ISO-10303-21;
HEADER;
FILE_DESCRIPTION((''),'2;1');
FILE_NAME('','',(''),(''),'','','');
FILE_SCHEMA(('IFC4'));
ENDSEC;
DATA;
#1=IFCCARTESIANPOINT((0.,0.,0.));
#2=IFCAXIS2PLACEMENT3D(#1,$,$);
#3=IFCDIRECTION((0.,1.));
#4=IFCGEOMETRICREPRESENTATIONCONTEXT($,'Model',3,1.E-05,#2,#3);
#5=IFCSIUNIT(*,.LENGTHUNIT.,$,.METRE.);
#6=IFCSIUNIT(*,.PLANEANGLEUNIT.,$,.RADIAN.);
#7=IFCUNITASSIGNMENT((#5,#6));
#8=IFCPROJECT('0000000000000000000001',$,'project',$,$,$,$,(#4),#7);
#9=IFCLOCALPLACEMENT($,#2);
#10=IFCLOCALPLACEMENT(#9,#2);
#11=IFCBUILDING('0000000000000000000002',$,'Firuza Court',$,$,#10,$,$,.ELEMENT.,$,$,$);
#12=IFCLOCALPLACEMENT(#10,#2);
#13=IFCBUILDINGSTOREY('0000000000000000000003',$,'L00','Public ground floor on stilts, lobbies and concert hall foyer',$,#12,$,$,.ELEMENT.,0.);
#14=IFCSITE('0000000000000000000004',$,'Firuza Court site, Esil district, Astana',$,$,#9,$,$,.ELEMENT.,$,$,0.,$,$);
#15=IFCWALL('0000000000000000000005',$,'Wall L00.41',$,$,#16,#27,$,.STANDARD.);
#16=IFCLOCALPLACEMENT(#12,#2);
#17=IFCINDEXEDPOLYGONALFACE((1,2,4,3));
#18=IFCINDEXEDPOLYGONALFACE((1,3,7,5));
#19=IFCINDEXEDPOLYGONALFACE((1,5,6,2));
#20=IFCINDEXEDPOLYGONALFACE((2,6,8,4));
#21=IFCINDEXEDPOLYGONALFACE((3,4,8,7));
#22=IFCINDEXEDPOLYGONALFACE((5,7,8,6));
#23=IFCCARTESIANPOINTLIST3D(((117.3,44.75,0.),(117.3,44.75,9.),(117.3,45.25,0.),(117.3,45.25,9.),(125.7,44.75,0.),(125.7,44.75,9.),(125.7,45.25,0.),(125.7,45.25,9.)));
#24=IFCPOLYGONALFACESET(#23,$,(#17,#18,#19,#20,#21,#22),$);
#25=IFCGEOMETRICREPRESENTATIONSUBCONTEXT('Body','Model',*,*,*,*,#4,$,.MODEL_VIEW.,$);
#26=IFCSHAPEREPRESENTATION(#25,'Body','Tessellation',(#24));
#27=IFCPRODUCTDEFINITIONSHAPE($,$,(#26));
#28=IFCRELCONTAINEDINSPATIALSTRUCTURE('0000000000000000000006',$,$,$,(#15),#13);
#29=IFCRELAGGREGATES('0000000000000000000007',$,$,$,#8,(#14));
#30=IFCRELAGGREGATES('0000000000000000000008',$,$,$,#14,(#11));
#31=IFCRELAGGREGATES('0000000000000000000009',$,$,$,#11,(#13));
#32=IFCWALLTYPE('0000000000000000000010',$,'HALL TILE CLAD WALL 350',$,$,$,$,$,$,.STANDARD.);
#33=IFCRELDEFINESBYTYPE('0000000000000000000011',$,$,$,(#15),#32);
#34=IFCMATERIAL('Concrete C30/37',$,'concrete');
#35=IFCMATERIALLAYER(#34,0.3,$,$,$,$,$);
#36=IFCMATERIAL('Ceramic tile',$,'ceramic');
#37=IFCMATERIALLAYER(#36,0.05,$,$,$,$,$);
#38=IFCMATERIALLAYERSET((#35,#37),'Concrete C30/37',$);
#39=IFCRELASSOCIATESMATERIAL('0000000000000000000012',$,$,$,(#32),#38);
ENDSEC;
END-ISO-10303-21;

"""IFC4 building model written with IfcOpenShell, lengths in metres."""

from ifc_helpers import new_model, si_unit, direction, frame, frame_2d, origin, place, context, subcontext, project, spatial, rectangle, extrude, material, layer, layer_set, type_object, element, save


model = new_model("IFC4")

# Units and contexts
model_context = context("Model", 3, precision=1e-05, world=origin(), true_north=direction((0.0, 1.0)))
body_context = subcontext(model_context, "Body", "Model", "MODEL_VIEW")
ifc_project = project(units=[si_unit("LENGTHUNIT", "METRE"), si_unit("PLANEANGLEUNIT", "RADIAN")], contexts=[model_context])

# Site, building, storey
site_placement = place(None, origin())
site = spatial("IfcSite", under=ifc_project, at=site_placement, Name="Firuza Court site, Esil district, Astana", CompositionType="ELEMENT", RefElevation=0.0)
building_placement = place(site_placement, origin())
building = spatial("IfcBuilding", under=site, at=building_placement, Name="Firuza Court", CompositionType="ELEMENT")
storey_placement = place(building_placement, origin())
storey = spatial("IfcBuildingStorey", under=building, at=storey_placement, Name="L00", Description="Public ground floor on stilts, lobbies and concert hall foyer", CompositionType="ELEMENT", Elevation=0.0)

# Wall
ifc_material_1 = material(Name="Concrete C30/37", Category="concrete")
ifc_layer_1 = layer(ifc_material_1, 0.3)
ifc_material_2 = material(Name="Ceramic tile", Category="ceramic")
ifc_layer_2 = layer(ifc_material_2, 0.05)
ifc_layer_set_1 = layer_set([ifc_layer_1, ifc_layer_2], Name="Concrete C30/37")
wall_type = type_object("IfcWallType", Name="HALL TILE CLAD WALL 350", PredefinedType="STANDARD", material=ifc_layer_set_1)
wall_1_placement = place(storey_placement, frame((117.3, 45.0, 0.0), z_axis=(0.0, 0.0, 1.0), x_axis=(1.0, 0.0, 0.0)))
element("IfcWall", 1, at=wall_1_placement, inside=storey, type_object=wall_type, Name="Wall L00.41", PredefinedType="STANDARD", context=body_context, shape_type="SweptSolid", body=[
    extrude(rectangle(XDim=8.3999, YDim=0.5, at=frame_2d((4.2, 0.0))), origin(), (0.0, 0.0, 1.0), 9.0),
])

save(model, "model.ifc")
